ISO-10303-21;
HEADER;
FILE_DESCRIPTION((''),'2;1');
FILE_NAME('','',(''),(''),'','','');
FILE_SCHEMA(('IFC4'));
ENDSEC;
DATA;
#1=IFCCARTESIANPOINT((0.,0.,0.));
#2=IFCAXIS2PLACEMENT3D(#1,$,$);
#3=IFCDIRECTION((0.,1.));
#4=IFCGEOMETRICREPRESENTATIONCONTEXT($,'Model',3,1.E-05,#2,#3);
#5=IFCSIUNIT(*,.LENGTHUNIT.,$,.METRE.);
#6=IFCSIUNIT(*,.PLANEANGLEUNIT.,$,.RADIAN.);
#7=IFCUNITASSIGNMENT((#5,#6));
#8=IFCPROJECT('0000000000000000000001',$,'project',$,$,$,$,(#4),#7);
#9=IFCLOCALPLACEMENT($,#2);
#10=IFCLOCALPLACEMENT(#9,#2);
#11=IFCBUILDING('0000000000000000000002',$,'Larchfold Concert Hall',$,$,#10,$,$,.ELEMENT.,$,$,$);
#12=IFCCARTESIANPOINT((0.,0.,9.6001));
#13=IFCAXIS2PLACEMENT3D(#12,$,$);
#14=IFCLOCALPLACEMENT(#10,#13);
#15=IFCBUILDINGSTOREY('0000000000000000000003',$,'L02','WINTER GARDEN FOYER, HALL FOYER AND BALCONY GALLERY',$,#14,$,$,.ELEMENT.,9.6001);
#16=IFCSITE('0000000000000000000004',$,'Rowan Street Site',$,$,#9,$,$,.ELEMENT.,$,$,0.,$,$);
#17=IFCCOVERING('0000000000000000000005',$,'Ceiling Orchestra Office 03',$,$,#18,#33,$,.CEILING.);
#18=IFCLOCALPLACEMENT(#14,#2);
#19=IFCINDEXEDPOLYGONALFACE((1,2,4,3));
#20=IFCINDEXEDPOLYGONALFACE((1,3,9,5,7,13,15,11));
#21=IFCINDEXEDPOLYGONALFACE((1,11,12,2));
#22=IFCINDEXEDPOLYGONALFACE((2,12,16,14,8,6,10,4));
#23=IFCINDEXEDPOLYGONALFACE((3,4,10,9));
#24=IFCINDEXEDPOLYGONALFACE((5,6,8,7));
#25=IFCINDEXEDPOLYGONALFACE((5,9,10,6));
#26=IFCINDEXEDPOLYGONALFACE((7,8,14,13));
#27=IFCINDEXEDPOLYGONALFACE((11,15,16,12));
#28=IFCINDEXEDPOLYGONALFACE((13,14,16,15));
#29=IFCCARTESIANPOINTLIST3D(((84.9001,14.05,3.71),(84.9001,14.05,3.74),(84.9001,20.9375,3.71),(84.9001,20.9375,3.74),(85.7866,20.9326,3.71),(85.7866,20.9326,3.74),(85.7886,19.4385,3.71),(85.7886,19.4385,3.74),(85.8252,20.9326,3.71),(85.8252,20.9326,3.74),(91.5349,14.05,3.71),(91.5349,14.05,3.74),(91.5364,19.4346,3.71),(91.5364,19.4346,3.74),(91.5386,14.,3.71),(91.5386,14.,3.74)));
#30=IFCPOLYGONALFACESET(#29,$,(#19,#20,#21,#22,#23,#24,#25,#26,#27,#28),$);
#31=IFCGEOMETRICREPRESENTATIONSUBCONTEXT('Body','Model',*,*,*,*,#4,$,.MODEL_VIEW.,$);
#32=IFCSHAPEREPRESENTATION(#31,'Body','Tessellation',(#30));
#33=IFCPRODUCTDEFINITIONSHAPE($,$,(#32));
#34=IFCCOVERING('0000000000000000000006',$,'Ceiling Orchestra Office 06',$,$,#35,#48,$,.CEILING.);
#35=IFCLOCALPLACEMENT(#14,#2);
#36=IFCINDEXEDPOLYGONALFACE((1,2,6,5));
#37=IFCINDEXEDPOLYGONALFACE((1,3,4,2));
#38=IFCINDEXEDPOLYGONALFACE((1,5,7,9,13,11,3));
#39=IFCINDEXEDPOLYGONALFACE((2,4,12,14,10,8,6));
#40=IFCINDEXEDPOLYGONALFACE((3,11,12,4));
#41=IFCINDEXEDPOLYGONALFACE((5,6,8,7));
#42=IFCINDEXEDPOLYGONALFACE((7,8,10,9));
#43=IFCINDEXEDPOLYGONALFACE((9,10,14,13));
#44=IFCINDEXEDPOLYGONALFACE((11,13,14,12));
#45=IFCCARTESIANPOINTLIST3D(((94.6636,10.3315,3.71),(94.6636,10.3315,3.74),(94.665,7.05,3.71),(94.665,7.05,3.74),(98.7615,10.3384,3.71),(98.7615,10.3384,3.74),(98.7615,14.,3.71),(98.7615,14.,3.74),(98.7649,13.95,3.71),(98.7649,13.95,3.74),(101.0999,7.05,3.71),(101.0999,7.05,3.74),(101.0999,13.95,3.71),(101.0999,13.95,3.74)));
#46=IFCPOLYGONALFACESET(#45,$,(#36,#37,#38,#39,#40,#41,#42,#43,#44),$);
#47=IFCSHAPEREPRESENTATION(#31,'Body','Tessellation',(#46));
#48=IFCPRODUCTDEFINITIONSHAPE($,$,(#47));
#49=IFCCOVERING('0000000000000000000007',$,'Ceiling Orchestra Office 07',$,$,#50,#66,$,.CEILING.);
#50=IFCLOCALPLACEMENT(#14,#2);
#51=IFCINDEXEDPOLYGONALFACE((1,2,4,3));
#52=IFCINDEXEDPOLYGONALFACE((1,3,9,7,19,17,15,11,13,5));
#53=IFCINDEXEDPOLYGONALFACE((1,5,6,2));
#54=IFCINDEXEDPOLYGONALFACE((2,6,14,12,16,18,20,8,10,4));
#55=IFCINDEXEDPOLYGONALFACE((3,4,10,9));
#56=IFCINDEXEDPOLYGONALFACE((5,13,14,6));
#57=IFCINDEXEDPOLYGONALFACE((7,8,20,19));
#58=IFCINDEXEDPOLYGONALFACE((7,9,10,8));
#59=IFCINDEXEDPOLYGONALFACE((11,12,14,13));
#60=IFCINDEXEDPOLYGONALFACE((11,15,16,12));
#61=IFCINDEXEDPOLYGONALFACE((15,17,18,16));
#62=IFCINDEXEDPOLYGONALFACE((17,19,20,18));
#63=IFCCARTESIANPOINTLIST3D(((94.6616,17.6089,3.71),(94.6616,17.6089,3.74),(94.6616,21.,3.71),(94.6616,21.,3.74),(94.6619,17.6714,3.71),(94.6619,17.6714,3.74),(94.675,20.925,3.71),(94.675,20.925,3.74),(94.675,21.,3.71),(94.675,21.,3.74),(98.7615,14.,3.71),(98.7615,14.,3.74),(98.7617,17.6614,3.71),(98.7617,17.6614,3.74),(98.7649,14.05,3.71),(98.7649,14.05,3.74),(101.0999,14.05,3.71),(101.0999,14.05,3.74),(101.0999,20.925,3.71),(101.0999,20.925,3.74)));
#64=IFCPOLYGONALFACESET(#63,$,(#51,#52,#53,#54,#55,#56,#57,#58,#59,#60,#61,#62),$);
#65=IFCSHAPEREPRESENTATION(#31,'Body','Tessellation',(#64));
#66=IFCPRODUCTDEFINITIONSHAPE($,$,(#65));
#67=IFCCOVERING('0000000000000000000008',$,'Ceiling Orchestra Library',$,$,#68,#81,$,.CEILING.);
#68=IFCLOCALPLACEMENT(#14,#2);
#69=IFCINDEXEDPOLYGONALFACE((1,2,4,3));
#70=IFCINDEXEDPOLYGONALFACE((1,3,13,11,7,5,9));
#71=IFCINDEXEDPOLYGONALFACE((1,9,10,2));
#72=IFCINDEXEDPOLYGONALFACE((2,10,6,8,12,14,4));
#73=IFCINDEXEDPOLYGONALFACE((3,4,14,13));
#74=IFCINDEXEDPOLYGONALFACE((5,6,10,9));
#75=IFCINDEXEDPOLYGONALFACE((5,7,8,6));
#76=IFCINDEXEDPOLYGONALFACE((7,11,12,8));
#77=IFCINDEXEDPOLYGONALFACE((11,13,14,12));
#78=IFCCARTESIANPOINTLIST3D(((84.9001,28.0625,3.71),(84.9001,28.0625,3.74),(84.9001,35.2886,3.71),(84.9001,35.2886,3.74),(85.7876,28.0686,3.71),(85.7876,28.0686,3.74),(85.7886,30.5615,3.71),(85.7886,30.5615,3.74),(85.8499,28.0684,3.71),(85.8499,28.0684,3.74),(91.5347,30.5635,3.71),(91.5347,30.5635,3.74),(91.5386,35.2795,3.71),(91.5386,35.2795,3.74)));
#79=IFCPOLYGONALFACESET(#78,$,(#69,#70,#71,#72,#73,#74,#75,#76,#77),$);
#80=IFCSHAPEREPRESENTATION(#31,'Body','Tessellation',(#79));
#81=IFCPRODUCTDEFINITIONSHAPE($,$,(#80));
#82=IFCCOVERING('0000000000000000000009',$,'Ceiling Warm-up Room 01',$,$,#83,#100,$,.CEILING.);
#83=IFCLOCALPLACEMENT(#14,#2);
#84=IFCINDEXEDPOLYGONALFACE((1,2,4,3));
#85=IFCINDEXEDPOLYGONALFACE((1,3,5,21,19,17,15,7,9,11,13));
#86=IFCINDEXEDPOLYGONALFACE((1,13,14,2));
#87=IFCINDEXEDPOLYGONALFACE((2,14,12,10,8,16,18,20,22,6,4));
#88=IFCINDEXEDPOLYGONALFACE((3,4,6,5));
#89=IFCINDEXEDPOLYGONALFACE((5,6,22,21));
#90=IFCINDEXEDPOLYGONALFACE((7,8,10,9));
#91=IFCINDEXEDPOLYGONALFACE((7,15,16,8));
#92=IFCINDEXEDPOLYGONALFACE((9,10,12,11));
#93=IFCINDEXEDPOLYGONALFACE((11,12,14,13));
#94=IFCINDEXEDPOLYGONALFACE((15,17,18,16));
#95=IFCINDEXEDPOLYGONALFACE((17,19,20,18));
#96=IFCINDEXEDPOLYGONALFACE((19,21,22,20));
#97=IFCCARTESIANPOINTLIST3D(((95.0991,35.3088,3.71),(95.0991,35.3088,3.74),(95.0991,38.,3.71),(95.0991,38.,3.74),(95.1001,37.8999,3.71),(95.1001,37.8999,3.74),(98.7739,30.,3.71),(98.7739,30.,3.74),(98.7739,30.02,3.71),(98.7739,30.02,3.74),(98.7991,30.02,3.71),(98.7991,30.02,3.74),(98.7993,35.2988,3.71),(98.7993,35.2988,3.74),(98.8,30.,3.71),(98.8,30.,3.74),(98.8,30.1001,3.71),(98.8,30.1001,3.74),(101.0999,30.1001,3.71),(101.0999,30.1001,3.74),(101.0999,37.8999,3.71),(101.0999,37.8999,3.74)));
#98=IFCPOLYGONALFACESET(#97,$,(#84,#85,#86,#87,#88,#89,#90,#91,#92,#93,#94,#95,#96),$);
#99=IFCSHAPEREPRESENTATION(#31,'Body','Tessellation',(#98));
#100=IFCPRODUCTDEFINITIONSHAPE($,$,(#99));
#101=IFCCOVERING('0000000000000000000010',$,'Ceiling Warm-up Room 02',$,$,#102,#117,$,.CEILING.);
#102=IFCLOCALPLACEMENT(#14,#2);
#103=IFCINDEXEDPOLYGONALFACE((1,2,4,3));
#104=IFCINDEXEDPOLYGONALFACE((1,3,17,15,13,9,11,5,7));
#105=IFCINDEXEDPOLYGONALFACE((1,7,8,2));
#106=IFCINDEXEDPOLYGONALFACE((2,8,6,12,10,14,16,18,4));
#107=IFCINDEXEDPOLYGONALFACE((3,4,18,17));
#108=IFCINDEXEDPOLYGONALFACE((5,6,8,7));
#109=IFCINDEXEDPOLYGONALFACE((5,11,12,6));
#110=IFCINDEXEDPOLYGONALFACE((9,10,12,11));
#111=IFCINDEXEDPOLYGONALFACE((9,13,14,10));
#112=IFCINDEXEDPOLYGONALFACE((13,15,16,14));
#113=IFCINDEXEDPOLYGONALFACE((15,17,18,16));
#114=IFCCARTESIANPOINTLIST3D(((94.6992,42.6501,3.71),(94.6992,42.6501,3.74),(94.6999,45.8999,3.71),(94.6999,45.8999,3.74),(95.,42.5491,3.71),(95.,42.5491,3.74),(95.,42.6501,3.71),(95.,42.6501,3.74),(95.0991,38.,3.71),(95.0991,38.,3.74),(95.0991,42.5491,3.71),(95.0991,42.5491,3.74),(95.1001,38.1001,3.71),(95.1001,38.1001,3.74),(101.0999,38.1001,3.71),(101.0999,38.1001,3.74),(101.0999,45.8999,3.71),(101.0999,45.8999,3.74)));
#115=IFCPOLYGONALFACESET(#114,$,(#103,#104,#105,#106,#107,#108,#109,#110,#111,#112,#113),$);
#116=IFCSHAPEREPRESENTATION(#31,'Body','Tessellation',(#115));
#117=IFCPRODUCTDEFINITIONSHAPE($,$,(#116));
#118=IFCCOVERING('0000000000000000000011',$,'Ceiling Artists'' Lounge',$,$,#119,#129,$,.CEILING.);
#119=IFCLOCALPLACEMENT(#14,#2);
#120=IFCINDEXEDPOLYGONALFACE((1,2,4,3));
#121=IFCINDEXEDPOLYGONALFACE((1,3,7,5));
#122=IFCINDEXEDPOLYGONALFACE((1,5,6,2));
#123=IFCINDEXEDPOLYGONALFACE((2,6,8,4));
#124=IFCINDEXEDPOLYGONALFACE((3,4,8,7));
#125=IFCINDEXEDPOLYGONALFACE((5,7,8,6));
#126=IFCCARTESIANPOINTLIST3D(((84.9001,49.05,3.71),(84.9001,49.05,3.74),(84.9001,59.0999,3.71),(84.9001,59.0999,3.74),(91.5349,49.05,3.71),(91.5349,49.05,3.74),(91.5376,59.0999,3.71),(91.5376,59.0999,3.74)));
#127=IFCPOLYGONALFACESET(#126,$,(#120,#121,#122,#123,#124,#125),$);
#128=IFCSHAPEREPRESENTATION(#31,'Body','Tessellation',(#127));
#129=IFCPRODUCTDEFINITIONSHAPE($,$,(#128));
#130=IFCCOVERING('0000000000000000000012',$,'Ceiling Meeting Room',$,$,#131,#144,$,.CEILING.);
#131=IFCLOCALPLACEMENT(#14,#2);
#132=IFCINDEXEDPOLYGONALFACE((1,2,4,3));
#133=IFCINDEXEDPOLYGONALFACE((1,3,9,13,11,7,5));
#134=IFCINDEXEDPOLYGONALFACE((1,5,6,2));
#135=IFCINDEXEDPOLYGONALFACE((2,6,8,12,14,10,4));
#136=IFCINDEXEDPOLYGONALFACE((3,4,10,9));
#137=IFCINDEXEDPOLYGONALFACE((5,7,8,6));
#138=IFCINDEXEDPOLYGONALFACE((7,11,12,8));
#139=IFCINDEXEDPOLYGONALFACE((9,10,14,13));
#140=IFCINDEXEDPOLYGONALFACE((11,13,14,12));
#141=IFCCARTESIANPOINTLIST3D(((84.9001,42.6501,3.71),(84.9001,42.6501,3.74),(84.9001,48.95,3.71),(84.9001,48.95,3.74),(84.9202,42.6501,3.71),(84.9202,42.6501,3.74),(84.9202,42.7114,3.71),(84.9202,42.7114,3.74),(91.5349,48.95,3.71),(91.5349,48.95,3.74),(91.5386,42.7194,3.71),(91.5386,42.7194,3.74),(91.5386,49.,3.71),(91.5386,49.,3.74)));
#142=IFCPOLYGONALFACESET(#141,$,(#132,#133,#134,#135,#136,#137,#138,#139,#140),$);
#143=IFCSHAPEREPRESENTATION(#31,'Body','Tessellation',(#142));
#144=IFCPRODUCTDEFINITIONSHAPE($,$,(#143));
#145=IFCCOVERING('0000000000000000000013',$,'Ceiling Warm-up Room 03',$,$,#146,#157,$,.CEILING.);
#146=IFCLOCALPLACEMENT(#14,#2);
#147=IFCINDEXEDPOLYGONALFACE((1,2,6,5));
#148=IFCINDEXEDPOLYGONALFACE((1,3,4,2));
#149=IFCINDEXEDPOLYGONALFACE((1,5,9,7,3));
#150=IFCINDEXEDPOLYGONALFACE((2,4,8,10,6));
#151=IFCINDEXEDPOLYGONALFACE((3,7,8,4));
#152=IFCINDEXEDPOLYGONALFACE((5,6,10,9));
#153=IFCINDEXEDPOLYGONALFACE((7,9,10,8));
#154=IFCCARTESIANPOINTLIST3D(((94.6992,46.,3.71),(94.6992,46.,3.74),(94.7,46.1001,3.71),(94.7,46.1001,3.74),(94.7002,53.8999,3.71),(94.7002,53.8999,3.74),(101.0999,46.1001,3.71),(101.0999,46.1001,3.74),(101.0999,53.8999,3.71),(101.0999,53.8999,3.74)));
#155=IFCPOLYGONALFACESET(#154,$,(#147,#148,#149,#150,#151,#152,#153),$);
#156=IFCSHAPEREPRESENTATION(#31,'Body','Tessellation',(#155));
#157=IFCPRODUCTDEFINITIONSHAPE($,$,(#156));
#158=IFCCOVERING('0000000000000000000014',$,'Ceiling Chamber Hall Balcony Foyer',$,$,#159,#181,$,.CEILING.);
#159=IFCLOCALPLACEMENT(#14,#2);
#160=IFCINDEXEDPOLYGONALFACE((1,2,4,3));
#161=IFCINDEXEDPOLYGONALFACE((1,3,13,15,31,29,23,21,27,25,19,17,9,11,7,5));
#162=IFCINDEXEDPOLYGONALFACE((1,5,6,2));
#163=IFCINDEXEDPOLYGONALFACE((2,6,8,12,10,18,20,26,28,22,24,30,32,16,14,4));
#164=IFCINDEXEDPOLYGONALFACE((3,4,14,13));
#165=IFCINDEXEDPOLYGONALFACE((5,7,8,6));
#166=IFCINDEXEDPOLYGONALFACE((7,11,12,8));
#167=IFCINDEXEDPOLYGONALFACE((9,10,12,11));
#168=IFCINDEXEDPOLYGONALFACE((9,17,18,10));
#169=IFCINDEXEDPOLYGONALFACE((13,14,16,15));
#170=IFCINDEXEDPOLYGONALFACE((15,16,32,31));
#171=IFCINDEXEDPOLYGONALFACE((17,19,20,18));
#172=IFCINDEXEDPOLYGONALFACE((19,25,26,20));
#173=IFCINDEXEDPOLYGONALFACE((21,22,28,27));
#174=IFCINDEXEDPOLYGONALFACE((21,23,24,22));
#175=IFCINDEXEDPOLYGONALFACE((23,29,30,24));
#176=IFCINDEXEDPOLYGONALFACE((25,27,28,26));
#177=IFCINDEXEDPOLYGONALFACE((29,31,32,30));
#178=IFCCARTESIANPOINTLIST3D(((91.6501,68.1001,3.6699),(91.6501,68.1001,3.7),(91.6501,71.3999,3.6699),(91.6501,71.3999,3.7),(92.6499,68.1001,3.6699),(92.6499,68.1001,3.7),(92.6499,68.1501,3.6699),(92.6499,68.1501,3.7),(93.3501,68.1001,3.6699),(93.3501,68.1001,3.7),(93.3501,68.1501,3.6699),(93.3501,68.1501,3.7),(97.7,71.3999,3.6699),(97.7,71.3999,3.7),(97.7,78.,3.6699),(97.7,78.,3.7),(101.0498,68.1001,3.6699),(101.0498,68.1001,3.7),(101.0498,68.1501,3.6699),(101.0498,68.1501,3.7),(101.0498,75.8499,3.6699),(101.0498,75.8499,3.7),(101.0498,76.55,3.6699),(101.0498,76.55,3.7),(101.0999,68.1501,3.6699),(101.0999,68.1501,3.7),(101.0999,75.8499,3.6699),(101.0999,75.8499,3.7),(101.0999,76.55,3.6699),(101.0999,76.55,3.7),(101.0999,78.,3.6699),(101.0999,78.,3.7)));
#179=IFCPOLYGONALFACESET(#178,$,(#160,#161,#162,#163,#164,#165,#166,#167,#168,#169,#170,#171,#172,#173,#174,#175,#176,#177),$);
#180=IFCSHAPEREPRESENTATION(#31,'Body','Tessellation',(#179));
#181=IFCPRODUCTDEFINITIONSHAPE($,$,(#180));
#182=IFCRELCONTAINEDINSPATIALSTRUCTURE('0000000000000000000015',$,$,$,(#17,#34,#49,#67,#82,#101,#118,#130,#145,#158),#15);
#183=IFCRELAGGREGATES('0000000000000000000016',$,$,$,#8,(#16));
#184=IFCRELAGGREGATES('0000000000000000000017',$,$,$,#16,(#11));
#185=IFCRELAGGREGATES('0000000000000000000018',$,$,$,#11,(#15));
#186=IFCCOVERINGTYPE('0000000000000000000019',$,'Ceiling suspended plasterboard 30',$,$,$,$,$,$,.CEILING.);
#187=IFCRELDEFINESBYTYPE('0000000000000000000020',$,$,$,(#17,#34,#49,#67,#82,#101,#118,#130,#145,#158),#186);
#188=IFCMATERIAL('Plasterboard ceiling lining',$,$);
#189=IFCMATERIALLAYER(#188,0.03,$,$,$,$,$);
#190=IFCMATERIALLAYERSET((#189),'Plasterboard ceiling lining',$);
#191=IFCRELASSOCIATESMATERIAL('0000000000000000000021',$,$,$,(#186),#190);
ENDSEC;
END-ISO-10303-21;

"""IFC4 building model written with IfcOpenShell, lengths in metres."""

from ifc_helpers import new_model, si_unit, direction, frame, origin, place, context, subcontext, project, spatial, polyline, outline, extrude, material, layer, layer_set, type_object, element, save


model = new_model("IFC4")

# Units and contexts
model_context = context("Model", 3, precision=1e-05, world=origin(), true_north=direction((0.0, 1.0)))
body_context = subcontext(model_context, "Body", "Model", "MODEL_VIEW")
ifc_project = project(units=[si_unit("LENGTHUNIT", "METRE"), si_unit("PLANEANGLEUNIT", "RADIAN")], contexts=[model_context])

# Site, building, storey
site_placement = place(None, origin())
site = spatial("IfcSite", under=ifc_project, at=site_placement, Name="Rowan Street Site", CompositionType="ELEMENT", RefElevation=0.0)
building_placement = place(site_placement, origin())
building = spatial("IfcBuilding", under=site, at=building_placement, Name="Larchfold Concert Hall", CompositionType="ELEMENT")
storey_placement = place(building_placement, frame((0.0, 0.0, 9.6001)))
storey = spatial("IfcBuildingStorey", under=building, at=storey_placement, Name="L02", Description="WINTER GARDEN FOYER, HALL FOYER AND BALCONY GALLERY", CompositionType="ELEMENT", Elevation=9.6001)

# Coverings
ifc_material_1 = material(Name="Plasterboard ceiling lining")
ifc_layer_1 = layer(ifc_material_1, 0.03)
ifc_layer_set_1 = layer_set([ifc_layer_1], Name="Plasterboard ceiling lining")
covering_type_1 = type_object("IfcCoveringType", Name="Ceiling suspended plasterboard 30", PredefinedType="CEILING", material=ifc_layer_set_1)
covering_1_placement = place(storey_placement, frame((0.0, 0.0, 3.71)))
element("IfcCovering", 1, at=covering_1_placement, inside=storey, type_object=covering_type_1, Name="Ceiling Orchestra Office 03", PredefinedType="CEILING", context=body_context, shape_type="SweptSolid", body=[
    extrude(outline(polyline([(85.7866, 20.9326), (85.8252, 20.9326), (84.9001, 20.9375), (84.9001, 14.05), (91.5349, 14.05), (91.5386, 14.0), (91.5364, 19.4346), (85.7886, 19.4385), (85.7866, 20.9326)])), origin(), (0.0, 0.0, 1.0), 0.03),
])
covering_2_placement = place(storey_placement, frame((0.0, 0.0, 3.71)))
element("IfcCovering", 2, at=covering_2_placement, inside=storey, type_object=covering_type_1, Name="Ceiling Orchestra Office 06", PredefinedType="CEILING", context=body_context, shape_type="SweptSolid", body=[
    extrude(outline(polyline([(94.665, 7.0), (94.665, 7.05), (101.0999, 7.05), (101.0999, 13.95), (98.7649, 13.95), (98.7615, 14.0), (98.7615, 10.3384), (94.6636, 10.3315), (94.665, 7.0)])), origin(), (0.0, 0.0, 1.0), 0.03),
])
covering_3_placement = place(storey_placement, frame((0.0, 0.0, 3.71)))
element("IfcCovering", 3, at=covering_3_placement, inside=storey, type_object=covering_type_1, Name="Ceiling Orchestra Office 07", PredefinedType="CEILING", context=body_context, shape_type="SweptSolid", body=[
    extrude(outline(polyline([(94.6616, 17.6089), (94.6619, 17.6714), (98.7617, 17.6614), (98.7615, 14.0), (98.7649, 14.05), (101.0999, 14.05), (101.0999, 20.925), (94.675, 20.925), (94.675, 21.0), (94.6616, 21.0), (94.6616, 17.6089)])), origin(), (0.0, 0.0, 1.0), 0.03),
])
covering_4_placement = place(storey_placement, frame((0.0, 0.0, 3.71)))
element("IfcCovering", 4, at=covering_4_placement, inside=storey, type_object=covering_type_1, Name="Ceiling Orchestra Library", PredefinedType="CEILING", context=body_context, shape_type="SweptSolid", body=[
    extrude(outline(polyline([(85.8499, 28.0684), (85.7876, 28.0686), (85.7886, 30.5615), (91.6001, 30.5635), (91.5347, 30.5635), (91.5386, 35.2795), (84.9001, 35.2886), (84.9001, 28.0625), (85.8499, 28.0684)])), origin(), (0.0, 0.0, 1.0), 0.03),
])
covering_5_placement = place(storey_placement, frame((0.0, 0.0, 3.71)))
element("IfcCovering", 5, at=covering_5_placement, inside=storey, type_object=covering_type_1, Name="Ceiling Warm-up Room 01", PredefinedType="CEILING", context=body_context, shape_type="SweptSolid", body=[
    extrude(outline(polyline([(95.0991, 35.3088), (98.7993, 35.2988), (98.7991, 30.02), (98.7739, 30.02), (98.7739, 30.0), (98.8, 30.0), (98.8, 30.1001), (101.0999, 30.1001), (101.0999, 37.8999), (95.1001, 37.8999), (95.0991, 38.0), (95.0991, 35.3088)])), origin(), (0.0, 0.0, 1.0), 0.03),
])
covering_6_placement = place(storey_placement, frame((0.0, 0.0, 3.71)))
element("IfcCovering", 6, at=covering_6_placement, inside=storey, type_object=covering_type_1, Name="Ceiling Warm-up Room 02", PredefinedType="CEILING", context=body_context, shape_type="SweptSolid", body=[
    extrude(outline(polyline([(94.7, 46.0), (94.6992, 42.6501), (95.0, 42.6501), (95.0, 42.5491), (95.0991, 42.5491), (95.0991, 38.0), (95.1001, 38.1001), (101.0999, 38.1001), (101.0999, 45.8999), (94.7, 45.8999), (94.7, 46.0)])), origin(), (0.0, 0.0, 1.0), 0.03),
])
covering_7_placement = place(storey_placement, frame((0.0, 0.0, 3.71)))
element("IfcCovering", 7, at=covering_7_placement, inside=storey, type_object=covering_type_1, Name="Ceiling Artists' Lounge", PredefinedType="CEILING", context=body_context, shape_type="SweptSolid", body=[
    extrude(outline(polyline([(91.5349, 49.0), (91.5376, 59.0999), (84.9001, 59.0999), (84.9001, 49.05), (91.5349, 49.05), (91.5349, 49.0)])), origin(), (0.0, 0.0, 1.0), 0.03),
])
covering_8_placement = place(storey_placement, frame((0.0, 0.0, 3.71)))
element("IfcCovering", 8, at=covering_8_placement, inside=storey, type_object=covering_type_1, Name="Ceiling Meeting Room", PredefinedType="CEILING", context=body_context, shape_type="SweptSolid", body=[
    extrude(outline(polyline([(91.5386, 49.0), (91.5349, 48.95), (84.9001, 48.95), (84.9001, 42.6501), (84.9202, 42.6501), (84.9202, 42.7114), (91.6001, 42.7195), (91.5386, 42.7195), (91.5386, 49.0)])), origin(), (0.0, 0.0, 1.0), 0.03),
])
covering_9_placement = place(storey_placement, frame((0.0, 0.0, 3.71)))
element("IfcCovering", 9, at=covering_9_placement, inside=storey, type_object=covering_type_1, Name="Ceiling Warm-up Room 03", PredefinedType="CEILING", context=body_context, shape_type="SweptSolid", body=[
    extrude(outline(polyline([(94.6992, 46.0), (94.7, 46.1001), (101.0999, 46.1001), (101.0999, 53.8999), (94.7002, 53.8999), (94.6992, 46.0)])), origin(), (0.0, 0.0, 1.0), 0.03),
])
covering_10_placement = place(storey_placement, frame((0.0, 0.0, 3.6699)))
element("IfcCovering", 10, at=covering_10_placement, inside=storey, type_object=covering_type_1, Name="Ceiling Chamber Hall Balcony Foyer", PredefinedType="CEILING", context=body_context, shape_type="SweptSolid", body=[
    extrude(outline(polyline([(101.0999, 76.55), (101.0999, 78.0), (97.7, 78.0), (97.7, 71.3999), (91.6501, 71.3999), (91.6501, 68.1001), (92.6499, 68.1001), (92.6499, 68.1501), (93.3501, 68.1501), (93.3501, 68.1001), (101.0498, 68.1001), (101.0498, 68.1501), (101.0999, 68.1501), (101.0999, 75.8499), (101.0498, 75.8499), (101.0498, 76.55), (101.0999, 76.55)])), origin(), (0.0, 0.0, 1.0), 0.03),
])

save(model, "model.ifc")
